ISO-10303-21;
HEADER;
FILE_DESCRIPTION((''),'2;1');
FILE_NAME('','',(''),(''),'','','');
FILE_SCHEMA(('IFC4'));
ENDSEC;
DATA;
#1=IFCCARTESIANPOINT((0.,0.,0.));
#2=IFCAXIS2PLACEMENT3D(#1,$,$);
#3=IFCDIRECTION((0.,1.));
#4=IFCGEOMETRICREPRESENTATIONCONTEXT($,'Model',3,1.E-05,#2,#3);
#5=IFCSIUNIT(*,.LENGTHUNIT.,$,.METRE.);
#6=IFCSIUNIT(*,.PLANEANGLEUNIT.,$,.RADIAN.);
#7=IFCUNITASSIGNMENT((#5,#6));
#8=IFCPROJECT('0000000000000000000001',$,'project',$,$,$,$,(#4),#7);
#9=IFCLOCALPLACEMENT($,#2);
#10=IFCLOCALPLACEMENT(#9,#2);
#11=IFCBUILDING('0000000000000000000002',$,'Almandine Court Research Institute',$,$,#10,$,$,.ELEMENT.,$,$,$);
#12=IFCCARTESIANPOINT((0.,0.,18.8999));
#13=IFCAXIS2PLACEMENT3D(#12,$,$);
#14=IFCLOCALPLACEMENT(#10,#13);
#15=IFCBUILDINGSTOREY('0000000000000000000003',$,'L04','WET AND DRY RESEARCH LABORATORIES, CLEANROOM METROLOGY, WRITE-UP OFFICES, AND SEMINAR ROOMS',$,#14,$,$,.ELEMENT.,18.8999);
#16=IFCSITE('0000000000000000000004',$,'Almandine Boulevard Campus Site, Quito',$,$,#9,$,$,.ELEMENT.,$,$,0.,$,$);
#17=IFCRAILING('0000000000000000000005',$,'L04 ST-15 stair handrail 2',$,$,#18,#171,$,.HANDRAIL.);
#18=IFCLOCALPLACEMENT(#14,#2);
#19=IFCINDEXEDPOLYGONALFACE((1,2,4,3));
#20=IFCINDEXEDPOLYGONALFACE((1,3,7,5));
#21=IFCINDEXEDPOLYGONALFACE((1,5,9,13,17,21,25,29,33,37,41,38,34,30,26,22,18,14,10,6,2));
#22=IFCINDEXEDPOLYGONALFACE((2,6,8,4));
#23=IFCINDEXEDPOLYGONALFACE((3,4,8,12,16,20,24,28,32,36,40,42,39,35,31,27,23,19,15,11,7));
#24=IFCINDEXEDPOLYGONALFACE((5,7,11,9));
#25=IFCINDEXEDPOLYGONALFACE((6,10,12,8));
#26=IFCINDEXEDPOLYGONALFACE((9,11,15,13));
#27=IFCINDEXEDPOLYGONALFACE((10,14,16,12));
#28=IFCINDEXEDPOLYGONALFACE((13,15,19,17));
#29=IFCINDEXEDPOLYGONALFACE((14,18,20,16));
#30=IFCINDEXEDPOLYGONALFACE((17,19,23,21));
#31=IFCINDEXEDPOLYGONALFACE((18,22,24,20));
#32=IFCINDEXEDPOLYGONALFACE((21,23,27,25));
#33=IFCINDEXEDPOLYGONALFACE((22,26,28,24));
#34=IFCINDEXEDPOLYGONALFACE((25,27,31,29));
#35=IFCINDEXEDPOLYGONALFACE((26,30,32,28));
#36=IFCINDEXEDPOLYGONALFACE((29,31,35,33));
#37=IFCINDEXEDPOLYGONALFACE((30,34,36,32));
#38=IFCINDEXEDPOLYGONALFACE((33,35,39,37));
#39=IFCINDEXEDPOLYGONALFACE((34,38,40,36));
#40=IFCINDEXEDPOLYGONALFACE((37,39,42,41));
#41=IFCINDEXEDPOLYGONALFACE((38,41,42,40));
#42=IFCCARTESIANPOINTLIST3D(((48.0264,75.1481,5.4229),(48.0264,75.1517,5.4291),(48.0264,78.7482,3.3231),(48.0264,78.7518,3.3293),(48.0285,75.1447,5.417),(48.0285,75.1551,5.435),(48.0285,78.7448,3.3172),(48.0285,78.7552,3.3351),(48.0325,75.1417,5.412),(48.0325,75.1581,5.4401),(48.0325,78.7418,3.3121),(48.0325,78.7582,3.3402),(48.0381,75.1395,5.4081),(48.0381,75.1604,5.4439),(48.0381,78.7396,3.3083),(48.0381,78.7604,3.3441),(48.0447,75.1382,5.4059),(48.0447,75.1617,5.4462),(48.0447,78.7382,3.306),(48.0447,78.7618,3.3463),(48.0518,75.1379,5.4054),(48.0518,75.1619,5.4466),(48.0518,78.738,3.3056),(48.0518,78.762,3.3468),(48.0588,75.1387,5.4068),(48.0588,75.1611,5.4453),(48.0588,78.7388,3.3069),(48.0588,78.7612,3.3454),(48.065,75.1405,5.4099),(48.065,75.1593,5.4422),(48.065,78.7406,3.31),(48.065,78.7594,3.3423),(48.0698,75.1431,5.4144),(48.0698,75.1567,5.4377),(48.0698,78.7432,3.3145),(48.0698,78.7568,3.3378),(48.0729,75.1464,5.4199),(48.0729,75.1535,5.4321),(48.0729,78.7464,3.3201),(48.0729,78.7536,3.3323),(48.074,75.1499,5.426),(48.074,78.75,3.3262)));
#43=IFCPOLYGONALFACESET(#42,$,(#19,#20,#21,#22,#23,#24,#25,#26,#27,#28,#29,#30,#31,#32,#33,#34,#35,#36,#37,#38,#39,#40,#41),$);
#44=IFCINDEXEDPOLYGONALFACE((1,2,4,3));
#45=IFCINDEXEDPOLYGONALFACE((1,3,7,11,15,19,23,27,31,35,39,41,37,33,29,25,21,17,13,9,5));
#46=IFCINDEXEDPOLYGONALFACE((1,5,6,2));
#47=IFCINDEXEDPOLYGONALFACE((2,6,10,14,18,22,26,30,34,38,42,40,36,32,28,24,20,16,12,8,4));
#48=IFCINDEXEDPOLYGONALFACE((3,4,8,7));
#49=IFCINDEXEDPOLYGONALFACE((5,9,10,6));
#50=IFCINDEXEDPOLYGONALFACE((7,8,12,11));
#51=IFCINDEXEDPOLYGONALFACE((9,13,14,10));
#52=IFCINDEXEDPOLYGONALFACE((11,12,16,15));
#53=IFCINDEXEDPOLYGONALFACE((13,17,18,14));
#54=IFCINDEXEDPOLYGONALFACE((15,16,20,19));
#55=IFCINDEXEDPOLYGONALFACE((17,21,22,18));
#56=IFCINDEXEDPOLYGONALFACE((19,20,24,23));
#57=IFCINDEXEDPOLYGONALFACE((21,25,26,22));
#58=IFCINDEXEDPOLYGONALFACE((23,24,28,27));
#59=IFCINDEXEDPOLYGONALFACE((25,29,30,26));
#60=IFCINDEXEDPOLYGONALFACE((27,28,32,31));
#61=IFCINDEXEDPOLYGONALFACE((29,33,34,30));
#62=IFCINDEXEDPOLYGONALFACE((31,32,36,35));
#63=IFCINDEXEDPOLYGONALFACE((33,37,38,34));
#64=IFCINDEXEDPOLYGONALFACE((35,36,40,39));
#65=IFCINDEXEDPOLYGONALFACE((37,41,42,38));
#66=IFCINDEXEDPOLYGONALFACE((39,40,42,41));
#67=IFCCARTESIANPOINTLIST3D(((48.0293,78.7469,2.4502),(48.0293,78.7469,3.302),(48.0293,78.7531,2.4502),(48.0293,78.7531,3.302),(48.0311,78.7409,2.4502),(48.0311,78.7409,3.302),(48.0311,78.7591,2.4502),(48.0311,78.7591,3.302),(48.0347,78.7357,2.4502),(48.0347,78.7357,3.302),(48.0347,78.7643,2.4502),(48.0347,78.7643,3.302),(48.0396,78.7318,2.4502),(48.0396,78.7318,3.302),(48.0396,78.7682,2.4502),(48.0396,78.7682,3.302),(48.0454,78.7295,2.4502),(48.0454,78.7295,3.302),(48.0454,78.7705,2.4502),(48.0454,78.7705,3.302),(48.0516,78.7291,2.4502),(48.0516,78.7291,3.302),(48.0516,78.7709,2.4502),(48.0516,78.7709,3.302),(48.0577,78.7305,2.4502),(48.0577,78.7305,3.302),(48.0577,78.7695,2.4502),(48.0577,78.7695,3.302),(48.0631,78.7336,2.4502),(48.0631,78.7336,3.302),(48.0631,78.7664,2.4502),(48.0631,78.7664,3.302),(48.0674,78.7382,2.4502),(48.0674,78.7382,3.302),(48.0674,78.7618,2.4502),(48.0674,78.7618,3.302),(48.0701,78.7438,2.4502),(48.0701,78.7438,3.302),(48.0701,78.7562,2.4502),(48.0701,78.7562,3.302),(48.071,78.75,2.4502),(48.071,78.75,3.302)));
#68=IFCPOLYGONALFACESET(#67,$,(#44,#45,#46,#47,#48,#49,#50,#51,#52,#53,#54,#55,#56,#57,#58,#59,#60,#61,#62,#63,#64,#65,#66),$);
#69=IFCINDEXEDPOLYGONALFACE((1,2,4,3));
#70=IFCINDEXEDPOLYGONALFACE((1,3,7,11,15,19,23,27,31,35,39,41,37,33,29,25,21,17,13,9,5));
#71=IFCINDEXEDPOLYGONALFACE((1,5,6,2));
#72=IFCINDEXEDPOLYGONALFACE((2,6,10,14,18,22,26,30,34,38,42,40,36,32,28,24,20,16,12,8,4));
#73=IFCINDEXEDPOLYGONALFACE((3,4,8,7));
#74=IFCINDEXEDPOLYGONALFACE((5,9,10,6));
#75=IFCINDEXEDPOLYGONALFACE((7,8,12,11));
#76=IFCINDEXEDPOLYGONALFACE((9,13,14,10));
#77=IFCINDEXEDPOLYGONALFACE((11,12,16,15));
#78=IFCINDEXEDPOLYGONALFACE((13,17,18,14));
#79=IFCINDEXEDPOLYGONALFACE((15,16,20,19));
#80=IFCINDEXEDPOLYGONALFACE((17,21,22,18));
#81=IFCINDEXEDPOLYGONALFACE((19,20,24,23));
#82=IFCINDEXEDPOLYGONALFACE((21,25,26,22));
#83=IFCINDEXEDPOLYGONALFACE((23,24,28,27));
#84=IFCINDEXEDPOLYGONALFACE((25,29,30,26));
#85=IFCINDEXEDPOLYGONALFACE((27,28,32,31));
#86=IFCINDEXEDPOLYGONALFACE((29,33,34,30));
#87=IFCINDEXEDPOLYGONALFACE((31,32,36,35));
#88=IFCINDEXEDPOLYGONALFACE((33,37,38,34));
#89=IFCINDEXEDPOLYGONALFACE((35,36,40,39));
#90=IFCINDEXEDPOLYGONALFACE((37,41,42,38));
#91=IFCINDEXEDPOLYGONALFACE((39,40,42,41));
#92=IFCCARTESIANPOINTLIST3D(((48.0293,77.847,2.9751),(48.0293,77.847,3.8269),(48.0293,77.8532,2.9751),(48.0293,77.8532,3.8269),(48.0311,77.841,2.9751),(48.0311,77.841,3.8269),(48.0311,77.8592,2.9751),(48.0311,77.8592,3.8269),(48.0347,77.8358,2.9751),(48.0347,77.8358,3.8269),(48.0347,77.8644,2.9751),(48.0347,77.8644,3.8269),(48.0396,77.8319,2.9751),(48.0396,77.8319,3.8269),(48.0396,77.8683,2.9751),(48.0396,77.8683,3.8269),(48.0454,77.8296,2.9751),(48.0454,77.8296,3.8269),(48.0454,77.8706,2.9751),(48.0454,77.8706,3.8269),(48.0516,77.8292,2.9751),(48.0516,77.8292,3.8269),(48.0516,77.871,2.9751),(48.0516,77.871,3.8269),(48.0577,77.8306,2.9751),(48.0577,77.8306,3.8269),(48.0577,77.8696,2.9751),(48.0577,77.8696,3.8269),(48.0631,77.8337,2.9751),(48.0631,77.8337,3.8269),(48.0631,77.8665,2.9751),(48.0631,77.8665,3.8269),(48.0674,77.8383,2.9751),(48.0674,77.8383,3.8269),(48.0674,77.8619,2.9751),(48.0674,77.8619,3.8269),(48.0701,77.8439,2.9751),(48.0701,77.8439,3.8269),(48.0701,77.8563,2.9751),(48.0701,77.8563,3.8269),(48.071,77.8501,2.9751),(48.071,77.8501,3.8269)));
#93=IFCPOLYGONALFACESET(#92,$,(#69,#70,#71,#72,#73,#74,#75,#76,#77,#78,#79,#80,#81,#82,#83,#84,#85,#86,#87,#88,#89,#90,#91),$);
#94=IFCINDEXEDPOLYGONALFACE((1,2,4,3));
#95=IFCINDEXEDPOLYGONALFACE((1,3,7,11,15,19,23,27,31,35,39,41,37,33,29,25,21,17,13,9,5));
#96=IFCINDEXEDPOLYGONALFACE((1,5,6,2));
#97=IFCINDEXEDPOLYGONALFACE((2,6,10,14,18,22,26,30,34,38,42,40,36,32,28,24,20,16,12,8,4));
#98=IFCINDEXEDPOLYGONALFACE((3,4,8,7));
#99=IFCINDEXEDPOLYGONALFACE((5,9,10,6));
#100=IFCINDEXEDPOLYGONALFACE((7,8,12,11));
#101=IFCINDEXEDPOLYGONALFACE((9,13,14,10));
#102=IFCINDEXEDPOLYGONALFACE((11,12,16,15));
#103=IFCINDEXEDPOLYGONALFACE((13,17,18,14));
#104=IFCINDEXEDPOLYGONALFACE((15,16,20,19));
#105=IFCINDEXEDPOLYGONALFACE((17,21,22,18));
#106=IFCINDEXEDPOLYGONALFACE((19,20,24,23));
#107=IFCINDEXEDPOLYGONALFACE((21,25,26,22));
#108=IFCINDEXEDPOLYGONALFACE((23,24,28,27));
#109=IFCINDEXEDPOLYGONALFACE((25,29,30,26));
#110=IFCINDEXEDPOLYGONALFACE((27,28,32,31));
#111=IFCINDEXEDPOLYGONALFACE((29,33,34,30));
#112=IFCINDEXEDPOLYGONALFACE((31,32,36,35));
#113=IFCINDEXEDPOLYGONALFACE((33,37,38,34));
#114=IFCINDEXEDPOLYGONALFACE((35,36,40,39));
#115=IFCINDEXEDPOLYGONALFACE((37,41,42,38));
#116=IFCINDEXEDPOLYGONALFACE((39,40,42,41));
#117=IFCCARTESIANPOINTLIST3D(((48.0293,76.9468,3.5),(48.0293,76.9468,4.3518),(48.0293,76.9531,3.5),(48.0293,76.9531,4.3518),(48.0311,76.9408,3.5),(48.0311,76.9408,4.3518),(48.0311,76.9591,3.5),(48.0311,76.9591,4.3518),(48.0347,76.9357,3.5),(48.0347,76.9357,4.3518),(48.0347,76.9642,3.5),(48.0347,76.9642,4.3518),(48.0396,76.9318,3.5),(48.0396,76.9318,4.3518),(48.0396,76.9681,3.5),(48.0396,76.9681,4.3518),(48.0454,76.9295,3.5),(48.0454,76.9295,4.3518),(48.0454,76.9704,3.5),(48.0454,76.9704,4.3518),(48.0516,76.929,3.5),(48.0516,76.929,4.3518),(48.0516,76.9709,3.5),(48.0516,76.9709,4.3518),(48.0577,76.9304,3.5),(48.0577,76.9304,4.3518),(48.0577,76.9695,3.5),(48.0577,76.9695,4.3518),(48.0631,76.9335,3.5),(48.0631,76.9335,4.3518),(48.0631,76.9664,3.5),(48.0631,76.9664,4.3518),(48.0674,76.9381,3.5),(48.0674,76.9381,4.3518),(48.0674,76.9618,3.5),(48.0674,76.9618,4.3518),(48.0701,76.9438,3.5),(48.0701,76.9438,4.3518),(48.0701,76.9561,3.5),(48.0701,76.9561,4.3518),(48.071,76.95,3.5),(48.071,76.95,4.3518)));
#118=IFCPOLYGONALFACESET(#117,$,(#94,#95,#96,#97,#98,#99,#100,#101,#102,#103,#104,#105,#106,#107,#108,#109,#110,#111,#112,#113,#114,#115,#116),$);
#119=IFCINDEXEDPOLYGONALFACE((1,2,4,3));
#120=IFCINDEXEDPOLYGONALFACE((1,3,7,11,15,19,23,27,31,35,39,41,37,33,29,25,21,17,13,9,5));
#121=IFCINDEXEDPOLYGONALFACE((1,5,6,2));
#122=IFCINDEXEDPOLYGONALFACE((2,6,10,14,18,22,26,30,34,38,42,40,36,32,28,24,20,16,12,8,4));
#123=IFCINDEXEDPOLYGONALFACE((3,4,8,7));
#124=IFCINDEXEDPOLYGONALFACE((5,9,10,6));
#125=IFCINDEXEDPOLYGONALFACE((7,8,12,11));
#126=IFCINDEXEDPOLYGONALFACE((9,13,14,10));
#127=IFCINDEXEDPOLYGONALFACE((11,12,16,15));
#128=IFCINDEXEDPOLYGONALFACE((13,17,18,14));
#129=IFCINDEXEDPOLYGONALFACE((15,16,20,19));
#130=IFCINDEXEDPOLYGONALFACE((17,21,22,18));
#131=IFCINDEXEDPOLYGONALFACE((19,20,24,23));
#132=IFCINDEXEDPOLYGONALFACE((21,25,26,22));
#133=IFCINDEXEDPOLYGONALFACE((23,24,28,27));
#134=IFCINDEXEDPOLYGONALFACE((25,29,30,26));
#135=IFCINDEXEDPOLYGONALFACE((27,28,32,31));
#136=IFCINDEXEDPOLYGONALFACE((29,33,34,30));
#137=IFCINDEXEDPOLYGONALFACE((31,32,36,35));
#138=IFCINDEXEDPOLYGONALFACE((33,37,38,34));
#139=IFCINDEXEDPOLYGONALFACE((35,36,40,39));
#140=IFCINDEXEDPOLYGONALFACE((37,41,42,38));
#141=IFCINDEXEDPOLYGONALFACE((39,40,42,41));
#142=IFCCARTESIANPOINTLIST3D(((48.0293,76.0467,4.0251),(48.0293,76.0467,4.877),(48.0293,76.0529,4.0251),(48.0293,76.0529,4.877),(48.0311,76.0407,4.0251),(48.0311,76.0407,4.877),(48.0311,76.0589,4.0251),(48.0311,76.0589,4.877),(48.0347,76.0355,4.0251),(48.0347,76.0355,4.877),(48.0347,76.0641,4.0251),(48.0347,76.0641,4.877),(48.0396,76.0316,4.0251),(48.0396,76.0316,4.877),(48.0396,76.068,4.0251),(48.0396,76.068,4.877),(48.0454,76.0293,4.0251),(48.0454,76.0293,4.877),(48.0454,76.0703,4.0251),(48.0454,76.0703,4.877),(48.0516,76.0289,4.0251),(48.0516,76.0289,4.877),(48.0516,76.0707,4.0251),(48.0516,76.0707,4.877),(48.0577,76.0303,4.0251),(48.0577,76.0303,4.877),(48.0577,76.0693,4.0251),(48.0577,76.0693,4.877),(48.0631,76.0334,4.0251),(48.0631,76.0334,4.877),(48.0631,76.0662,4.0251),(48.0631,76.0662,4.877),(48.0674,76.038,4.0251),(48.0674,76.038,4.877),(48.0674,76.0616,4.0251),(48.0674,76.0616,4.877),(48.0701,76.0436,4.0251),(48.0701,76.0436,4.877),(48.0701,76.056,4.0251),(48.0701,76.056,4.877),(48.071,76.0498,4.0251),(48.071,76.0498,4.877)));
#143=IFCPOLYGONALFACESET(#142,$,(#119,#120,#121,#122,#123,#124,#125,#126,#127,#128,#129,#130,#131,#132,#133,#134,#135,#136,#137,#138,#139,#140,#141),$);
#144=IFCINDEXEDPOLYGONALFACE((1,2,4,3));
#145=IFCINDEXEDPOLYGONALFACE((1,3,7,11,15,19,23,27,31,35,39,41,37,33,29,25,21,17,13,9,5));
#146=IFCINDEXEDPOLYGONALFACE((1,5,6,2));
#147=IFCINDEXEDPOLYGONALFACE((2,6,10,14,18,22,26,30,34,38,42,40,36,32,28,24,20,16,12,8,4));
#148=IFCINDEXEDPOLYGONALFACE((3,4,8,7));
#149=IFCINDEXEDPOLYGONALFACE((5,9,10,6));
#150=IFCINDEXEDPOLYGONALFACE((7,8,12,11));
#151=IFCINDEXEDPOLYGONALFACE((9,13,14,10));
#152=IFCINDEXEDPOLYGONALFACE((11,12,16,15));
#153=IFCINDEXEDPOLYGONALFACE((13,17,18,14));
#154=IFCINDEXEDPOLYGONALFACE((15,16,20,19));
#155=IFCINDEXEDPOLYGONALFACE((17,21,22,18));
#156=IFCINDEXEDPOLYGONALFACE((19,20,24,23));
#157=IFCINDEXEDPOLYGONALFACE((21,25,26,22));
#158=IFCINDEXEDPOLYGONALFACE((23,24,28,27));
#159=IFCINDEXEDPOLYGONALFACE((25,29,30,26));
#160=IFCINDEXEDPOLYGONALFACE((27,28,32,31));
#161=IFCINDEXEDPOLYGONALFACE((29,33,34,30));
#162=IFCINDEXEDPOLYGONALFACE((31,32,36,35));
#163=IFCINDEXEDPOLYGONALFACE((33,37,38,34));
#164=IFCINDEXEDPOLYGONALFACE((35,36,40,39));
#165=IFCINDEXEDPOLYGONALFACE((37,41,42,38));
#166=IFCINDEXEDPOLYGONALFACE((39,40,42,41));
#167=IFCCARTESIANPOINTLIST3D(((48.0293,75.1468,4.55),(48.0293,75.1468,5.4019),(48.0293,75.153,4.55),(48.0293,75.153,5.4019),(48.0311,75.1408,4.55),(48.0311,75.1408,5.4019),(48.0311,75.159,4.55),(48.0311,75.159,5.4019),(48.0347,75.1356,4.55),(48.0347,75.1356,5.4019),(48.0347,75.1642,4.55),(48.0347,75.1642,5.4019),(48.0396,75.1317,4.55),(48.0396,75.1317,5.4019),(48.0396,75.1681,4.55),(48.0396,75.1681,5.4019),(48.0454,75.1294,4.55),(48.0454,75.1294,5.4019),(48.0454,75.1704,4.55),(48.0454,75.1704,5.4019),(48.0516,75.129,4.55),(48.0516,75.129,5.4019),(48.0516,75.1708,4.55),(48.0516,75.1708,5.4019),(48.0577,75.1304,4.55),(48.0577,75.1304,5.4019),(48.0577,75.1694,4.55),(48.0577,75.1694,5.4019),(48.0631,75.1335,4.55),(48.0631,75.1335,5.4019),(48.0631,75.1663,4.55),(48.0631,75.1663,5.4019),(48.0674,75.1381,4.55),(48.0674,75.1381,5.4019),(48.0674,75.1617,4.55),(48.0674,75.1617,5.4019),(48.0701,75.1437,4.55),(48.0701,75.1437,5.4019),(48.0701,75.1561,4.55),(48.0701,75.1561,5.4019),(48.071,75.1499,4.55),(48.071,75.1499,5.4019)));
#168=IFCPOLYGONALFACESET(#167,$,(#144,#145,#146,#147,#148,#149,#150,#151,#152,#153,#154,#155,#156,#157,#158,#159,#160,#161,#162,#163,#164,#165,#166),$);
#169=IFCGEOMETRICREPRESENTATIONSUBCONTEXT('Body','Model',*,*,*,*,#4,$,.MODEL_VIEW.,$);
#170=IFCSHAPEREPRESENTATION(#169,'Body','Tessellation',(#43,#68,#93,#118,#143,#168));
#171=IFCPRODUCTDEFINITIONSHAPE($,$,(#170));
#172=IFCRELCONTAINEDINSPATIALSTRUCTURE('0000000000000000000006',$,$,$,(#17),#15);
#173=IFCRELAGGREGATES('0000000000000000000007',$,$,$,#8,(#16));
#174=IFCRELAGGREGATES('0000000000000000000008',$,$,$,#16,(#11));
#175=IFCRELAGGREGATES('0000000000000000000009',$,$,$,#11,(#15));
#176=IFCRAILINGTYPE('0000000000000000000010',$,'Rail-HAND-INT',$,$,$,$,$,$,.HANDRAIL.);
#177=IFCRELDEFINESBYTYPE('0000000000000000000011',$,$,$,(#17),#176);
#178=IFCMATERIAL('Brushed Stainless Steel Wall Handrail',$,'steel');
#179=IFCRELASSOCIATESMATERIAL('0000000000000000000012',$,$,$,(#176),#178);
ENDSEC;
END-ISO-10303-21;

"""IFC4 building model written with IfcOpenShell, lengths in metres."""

from ifc_helpers import new_model, si_unit, direction, frame, origin, origin_2d, place, context, subcontext, project, spatial, circle, extrude, material, type_object, element, save


model = new_model("IFC4")

# Units and contexts
model_context = context("Model", 3, precision=1e-05, world=origin(), true_north=direction((0.0, 1.0)))
body_context = subcontext(model_context, "Body", "Model", "MODEL_VIEW")
ifc_project = project(units=[si_unit("LENGTHUNIT", "METRE"), si_unit("PLANEANGLEUNIT", "RADIAN")], contexts=[model_context])

# Site, building, storey
site_placement = place(None, origin())
site = spatial("IfcSite", under=ifc_project, at=site_placement, Name="Almandine Boulevard Campus Site, Quito", CompositionType="ELEMENT", RefElevation=0.0)
building_placement = place(site_placement, origin())
building = spatial("IfcBuilding", under=site, at=building_placement, Name="Almandine Court Research Institute", CompositionType="ELEMENT")
storey_placement = place(building_placement, frame((0.0, 0.0, 18.8999)))
storey = spatial("IfcBuildingStorey", under=building, at=storey_placement, Name="L04", Description="WET AND DRY RESEARCH LABORATORIES, CLEANROOM METROLOGY, WRITE-UP OFFICES, AND SEMINAR ROOMS", CompositionType="ELEMENT", Elevation=18.8999)

# Railing
ifc_material_1 = material(Name="Brushed Stainless Steel Wall Handrail", Category="steel")
railing_type_1 = type_object("IfcRailingType", Name="Rail-HAND-INT", PredefinedType="HANDRAIL", material=ifc_material_1)
railing_1_placement = place(storey_placement, frame((48.05, 78.75, 2.4502)))
element("IfcRailing", 1, at=railing_1_placement, inside=storey, type_object=railing_type_1, Name="L04 ST-15 stair handrail 2", PredefinedType="HANDRAIL", context=body_context, shape_type="SweptSolid", body=[
    extrude(circle(Radius=0.0239, at=origin_2d()), frame((0.0, 0.0, 0.876), z_axis=(0.0, -0.8638, 0.503835), x_axis=(1.0, 0.0, 0.0)), (0.0, 0.0, 1.0), 4.1677),
    extrude(circle(Radius=0.021, at=origin_2d()), origin(), (0.0, 0.0, 1.0), 0.8518),
    extrude(circle(Radius=0.021, at=origin_2d()), frame((0.0, -0.8999, 0.5249)), (0.0, 0.0, 1.0), 0.8518),
    extrude(circle(Radius=0.021, at=origin_2d()), frame((0.0, -1.8, 1.0498)), (0.0, 0.0, 1.0), 0.8518),
    extrude(circle(Radius=0.021, at=origin_2d()), frame((0.0, -2.7002, 1.575)), (0.0, 0.0, 1.0), 0.8518),
    extrude(circle(Radius=0.021, at=origin_2d()), frame((0.0, -3.6001, 2.0999)), (0.0, 0.0, 1.0), 0.8518),
])

save(model, "model.ifc")
